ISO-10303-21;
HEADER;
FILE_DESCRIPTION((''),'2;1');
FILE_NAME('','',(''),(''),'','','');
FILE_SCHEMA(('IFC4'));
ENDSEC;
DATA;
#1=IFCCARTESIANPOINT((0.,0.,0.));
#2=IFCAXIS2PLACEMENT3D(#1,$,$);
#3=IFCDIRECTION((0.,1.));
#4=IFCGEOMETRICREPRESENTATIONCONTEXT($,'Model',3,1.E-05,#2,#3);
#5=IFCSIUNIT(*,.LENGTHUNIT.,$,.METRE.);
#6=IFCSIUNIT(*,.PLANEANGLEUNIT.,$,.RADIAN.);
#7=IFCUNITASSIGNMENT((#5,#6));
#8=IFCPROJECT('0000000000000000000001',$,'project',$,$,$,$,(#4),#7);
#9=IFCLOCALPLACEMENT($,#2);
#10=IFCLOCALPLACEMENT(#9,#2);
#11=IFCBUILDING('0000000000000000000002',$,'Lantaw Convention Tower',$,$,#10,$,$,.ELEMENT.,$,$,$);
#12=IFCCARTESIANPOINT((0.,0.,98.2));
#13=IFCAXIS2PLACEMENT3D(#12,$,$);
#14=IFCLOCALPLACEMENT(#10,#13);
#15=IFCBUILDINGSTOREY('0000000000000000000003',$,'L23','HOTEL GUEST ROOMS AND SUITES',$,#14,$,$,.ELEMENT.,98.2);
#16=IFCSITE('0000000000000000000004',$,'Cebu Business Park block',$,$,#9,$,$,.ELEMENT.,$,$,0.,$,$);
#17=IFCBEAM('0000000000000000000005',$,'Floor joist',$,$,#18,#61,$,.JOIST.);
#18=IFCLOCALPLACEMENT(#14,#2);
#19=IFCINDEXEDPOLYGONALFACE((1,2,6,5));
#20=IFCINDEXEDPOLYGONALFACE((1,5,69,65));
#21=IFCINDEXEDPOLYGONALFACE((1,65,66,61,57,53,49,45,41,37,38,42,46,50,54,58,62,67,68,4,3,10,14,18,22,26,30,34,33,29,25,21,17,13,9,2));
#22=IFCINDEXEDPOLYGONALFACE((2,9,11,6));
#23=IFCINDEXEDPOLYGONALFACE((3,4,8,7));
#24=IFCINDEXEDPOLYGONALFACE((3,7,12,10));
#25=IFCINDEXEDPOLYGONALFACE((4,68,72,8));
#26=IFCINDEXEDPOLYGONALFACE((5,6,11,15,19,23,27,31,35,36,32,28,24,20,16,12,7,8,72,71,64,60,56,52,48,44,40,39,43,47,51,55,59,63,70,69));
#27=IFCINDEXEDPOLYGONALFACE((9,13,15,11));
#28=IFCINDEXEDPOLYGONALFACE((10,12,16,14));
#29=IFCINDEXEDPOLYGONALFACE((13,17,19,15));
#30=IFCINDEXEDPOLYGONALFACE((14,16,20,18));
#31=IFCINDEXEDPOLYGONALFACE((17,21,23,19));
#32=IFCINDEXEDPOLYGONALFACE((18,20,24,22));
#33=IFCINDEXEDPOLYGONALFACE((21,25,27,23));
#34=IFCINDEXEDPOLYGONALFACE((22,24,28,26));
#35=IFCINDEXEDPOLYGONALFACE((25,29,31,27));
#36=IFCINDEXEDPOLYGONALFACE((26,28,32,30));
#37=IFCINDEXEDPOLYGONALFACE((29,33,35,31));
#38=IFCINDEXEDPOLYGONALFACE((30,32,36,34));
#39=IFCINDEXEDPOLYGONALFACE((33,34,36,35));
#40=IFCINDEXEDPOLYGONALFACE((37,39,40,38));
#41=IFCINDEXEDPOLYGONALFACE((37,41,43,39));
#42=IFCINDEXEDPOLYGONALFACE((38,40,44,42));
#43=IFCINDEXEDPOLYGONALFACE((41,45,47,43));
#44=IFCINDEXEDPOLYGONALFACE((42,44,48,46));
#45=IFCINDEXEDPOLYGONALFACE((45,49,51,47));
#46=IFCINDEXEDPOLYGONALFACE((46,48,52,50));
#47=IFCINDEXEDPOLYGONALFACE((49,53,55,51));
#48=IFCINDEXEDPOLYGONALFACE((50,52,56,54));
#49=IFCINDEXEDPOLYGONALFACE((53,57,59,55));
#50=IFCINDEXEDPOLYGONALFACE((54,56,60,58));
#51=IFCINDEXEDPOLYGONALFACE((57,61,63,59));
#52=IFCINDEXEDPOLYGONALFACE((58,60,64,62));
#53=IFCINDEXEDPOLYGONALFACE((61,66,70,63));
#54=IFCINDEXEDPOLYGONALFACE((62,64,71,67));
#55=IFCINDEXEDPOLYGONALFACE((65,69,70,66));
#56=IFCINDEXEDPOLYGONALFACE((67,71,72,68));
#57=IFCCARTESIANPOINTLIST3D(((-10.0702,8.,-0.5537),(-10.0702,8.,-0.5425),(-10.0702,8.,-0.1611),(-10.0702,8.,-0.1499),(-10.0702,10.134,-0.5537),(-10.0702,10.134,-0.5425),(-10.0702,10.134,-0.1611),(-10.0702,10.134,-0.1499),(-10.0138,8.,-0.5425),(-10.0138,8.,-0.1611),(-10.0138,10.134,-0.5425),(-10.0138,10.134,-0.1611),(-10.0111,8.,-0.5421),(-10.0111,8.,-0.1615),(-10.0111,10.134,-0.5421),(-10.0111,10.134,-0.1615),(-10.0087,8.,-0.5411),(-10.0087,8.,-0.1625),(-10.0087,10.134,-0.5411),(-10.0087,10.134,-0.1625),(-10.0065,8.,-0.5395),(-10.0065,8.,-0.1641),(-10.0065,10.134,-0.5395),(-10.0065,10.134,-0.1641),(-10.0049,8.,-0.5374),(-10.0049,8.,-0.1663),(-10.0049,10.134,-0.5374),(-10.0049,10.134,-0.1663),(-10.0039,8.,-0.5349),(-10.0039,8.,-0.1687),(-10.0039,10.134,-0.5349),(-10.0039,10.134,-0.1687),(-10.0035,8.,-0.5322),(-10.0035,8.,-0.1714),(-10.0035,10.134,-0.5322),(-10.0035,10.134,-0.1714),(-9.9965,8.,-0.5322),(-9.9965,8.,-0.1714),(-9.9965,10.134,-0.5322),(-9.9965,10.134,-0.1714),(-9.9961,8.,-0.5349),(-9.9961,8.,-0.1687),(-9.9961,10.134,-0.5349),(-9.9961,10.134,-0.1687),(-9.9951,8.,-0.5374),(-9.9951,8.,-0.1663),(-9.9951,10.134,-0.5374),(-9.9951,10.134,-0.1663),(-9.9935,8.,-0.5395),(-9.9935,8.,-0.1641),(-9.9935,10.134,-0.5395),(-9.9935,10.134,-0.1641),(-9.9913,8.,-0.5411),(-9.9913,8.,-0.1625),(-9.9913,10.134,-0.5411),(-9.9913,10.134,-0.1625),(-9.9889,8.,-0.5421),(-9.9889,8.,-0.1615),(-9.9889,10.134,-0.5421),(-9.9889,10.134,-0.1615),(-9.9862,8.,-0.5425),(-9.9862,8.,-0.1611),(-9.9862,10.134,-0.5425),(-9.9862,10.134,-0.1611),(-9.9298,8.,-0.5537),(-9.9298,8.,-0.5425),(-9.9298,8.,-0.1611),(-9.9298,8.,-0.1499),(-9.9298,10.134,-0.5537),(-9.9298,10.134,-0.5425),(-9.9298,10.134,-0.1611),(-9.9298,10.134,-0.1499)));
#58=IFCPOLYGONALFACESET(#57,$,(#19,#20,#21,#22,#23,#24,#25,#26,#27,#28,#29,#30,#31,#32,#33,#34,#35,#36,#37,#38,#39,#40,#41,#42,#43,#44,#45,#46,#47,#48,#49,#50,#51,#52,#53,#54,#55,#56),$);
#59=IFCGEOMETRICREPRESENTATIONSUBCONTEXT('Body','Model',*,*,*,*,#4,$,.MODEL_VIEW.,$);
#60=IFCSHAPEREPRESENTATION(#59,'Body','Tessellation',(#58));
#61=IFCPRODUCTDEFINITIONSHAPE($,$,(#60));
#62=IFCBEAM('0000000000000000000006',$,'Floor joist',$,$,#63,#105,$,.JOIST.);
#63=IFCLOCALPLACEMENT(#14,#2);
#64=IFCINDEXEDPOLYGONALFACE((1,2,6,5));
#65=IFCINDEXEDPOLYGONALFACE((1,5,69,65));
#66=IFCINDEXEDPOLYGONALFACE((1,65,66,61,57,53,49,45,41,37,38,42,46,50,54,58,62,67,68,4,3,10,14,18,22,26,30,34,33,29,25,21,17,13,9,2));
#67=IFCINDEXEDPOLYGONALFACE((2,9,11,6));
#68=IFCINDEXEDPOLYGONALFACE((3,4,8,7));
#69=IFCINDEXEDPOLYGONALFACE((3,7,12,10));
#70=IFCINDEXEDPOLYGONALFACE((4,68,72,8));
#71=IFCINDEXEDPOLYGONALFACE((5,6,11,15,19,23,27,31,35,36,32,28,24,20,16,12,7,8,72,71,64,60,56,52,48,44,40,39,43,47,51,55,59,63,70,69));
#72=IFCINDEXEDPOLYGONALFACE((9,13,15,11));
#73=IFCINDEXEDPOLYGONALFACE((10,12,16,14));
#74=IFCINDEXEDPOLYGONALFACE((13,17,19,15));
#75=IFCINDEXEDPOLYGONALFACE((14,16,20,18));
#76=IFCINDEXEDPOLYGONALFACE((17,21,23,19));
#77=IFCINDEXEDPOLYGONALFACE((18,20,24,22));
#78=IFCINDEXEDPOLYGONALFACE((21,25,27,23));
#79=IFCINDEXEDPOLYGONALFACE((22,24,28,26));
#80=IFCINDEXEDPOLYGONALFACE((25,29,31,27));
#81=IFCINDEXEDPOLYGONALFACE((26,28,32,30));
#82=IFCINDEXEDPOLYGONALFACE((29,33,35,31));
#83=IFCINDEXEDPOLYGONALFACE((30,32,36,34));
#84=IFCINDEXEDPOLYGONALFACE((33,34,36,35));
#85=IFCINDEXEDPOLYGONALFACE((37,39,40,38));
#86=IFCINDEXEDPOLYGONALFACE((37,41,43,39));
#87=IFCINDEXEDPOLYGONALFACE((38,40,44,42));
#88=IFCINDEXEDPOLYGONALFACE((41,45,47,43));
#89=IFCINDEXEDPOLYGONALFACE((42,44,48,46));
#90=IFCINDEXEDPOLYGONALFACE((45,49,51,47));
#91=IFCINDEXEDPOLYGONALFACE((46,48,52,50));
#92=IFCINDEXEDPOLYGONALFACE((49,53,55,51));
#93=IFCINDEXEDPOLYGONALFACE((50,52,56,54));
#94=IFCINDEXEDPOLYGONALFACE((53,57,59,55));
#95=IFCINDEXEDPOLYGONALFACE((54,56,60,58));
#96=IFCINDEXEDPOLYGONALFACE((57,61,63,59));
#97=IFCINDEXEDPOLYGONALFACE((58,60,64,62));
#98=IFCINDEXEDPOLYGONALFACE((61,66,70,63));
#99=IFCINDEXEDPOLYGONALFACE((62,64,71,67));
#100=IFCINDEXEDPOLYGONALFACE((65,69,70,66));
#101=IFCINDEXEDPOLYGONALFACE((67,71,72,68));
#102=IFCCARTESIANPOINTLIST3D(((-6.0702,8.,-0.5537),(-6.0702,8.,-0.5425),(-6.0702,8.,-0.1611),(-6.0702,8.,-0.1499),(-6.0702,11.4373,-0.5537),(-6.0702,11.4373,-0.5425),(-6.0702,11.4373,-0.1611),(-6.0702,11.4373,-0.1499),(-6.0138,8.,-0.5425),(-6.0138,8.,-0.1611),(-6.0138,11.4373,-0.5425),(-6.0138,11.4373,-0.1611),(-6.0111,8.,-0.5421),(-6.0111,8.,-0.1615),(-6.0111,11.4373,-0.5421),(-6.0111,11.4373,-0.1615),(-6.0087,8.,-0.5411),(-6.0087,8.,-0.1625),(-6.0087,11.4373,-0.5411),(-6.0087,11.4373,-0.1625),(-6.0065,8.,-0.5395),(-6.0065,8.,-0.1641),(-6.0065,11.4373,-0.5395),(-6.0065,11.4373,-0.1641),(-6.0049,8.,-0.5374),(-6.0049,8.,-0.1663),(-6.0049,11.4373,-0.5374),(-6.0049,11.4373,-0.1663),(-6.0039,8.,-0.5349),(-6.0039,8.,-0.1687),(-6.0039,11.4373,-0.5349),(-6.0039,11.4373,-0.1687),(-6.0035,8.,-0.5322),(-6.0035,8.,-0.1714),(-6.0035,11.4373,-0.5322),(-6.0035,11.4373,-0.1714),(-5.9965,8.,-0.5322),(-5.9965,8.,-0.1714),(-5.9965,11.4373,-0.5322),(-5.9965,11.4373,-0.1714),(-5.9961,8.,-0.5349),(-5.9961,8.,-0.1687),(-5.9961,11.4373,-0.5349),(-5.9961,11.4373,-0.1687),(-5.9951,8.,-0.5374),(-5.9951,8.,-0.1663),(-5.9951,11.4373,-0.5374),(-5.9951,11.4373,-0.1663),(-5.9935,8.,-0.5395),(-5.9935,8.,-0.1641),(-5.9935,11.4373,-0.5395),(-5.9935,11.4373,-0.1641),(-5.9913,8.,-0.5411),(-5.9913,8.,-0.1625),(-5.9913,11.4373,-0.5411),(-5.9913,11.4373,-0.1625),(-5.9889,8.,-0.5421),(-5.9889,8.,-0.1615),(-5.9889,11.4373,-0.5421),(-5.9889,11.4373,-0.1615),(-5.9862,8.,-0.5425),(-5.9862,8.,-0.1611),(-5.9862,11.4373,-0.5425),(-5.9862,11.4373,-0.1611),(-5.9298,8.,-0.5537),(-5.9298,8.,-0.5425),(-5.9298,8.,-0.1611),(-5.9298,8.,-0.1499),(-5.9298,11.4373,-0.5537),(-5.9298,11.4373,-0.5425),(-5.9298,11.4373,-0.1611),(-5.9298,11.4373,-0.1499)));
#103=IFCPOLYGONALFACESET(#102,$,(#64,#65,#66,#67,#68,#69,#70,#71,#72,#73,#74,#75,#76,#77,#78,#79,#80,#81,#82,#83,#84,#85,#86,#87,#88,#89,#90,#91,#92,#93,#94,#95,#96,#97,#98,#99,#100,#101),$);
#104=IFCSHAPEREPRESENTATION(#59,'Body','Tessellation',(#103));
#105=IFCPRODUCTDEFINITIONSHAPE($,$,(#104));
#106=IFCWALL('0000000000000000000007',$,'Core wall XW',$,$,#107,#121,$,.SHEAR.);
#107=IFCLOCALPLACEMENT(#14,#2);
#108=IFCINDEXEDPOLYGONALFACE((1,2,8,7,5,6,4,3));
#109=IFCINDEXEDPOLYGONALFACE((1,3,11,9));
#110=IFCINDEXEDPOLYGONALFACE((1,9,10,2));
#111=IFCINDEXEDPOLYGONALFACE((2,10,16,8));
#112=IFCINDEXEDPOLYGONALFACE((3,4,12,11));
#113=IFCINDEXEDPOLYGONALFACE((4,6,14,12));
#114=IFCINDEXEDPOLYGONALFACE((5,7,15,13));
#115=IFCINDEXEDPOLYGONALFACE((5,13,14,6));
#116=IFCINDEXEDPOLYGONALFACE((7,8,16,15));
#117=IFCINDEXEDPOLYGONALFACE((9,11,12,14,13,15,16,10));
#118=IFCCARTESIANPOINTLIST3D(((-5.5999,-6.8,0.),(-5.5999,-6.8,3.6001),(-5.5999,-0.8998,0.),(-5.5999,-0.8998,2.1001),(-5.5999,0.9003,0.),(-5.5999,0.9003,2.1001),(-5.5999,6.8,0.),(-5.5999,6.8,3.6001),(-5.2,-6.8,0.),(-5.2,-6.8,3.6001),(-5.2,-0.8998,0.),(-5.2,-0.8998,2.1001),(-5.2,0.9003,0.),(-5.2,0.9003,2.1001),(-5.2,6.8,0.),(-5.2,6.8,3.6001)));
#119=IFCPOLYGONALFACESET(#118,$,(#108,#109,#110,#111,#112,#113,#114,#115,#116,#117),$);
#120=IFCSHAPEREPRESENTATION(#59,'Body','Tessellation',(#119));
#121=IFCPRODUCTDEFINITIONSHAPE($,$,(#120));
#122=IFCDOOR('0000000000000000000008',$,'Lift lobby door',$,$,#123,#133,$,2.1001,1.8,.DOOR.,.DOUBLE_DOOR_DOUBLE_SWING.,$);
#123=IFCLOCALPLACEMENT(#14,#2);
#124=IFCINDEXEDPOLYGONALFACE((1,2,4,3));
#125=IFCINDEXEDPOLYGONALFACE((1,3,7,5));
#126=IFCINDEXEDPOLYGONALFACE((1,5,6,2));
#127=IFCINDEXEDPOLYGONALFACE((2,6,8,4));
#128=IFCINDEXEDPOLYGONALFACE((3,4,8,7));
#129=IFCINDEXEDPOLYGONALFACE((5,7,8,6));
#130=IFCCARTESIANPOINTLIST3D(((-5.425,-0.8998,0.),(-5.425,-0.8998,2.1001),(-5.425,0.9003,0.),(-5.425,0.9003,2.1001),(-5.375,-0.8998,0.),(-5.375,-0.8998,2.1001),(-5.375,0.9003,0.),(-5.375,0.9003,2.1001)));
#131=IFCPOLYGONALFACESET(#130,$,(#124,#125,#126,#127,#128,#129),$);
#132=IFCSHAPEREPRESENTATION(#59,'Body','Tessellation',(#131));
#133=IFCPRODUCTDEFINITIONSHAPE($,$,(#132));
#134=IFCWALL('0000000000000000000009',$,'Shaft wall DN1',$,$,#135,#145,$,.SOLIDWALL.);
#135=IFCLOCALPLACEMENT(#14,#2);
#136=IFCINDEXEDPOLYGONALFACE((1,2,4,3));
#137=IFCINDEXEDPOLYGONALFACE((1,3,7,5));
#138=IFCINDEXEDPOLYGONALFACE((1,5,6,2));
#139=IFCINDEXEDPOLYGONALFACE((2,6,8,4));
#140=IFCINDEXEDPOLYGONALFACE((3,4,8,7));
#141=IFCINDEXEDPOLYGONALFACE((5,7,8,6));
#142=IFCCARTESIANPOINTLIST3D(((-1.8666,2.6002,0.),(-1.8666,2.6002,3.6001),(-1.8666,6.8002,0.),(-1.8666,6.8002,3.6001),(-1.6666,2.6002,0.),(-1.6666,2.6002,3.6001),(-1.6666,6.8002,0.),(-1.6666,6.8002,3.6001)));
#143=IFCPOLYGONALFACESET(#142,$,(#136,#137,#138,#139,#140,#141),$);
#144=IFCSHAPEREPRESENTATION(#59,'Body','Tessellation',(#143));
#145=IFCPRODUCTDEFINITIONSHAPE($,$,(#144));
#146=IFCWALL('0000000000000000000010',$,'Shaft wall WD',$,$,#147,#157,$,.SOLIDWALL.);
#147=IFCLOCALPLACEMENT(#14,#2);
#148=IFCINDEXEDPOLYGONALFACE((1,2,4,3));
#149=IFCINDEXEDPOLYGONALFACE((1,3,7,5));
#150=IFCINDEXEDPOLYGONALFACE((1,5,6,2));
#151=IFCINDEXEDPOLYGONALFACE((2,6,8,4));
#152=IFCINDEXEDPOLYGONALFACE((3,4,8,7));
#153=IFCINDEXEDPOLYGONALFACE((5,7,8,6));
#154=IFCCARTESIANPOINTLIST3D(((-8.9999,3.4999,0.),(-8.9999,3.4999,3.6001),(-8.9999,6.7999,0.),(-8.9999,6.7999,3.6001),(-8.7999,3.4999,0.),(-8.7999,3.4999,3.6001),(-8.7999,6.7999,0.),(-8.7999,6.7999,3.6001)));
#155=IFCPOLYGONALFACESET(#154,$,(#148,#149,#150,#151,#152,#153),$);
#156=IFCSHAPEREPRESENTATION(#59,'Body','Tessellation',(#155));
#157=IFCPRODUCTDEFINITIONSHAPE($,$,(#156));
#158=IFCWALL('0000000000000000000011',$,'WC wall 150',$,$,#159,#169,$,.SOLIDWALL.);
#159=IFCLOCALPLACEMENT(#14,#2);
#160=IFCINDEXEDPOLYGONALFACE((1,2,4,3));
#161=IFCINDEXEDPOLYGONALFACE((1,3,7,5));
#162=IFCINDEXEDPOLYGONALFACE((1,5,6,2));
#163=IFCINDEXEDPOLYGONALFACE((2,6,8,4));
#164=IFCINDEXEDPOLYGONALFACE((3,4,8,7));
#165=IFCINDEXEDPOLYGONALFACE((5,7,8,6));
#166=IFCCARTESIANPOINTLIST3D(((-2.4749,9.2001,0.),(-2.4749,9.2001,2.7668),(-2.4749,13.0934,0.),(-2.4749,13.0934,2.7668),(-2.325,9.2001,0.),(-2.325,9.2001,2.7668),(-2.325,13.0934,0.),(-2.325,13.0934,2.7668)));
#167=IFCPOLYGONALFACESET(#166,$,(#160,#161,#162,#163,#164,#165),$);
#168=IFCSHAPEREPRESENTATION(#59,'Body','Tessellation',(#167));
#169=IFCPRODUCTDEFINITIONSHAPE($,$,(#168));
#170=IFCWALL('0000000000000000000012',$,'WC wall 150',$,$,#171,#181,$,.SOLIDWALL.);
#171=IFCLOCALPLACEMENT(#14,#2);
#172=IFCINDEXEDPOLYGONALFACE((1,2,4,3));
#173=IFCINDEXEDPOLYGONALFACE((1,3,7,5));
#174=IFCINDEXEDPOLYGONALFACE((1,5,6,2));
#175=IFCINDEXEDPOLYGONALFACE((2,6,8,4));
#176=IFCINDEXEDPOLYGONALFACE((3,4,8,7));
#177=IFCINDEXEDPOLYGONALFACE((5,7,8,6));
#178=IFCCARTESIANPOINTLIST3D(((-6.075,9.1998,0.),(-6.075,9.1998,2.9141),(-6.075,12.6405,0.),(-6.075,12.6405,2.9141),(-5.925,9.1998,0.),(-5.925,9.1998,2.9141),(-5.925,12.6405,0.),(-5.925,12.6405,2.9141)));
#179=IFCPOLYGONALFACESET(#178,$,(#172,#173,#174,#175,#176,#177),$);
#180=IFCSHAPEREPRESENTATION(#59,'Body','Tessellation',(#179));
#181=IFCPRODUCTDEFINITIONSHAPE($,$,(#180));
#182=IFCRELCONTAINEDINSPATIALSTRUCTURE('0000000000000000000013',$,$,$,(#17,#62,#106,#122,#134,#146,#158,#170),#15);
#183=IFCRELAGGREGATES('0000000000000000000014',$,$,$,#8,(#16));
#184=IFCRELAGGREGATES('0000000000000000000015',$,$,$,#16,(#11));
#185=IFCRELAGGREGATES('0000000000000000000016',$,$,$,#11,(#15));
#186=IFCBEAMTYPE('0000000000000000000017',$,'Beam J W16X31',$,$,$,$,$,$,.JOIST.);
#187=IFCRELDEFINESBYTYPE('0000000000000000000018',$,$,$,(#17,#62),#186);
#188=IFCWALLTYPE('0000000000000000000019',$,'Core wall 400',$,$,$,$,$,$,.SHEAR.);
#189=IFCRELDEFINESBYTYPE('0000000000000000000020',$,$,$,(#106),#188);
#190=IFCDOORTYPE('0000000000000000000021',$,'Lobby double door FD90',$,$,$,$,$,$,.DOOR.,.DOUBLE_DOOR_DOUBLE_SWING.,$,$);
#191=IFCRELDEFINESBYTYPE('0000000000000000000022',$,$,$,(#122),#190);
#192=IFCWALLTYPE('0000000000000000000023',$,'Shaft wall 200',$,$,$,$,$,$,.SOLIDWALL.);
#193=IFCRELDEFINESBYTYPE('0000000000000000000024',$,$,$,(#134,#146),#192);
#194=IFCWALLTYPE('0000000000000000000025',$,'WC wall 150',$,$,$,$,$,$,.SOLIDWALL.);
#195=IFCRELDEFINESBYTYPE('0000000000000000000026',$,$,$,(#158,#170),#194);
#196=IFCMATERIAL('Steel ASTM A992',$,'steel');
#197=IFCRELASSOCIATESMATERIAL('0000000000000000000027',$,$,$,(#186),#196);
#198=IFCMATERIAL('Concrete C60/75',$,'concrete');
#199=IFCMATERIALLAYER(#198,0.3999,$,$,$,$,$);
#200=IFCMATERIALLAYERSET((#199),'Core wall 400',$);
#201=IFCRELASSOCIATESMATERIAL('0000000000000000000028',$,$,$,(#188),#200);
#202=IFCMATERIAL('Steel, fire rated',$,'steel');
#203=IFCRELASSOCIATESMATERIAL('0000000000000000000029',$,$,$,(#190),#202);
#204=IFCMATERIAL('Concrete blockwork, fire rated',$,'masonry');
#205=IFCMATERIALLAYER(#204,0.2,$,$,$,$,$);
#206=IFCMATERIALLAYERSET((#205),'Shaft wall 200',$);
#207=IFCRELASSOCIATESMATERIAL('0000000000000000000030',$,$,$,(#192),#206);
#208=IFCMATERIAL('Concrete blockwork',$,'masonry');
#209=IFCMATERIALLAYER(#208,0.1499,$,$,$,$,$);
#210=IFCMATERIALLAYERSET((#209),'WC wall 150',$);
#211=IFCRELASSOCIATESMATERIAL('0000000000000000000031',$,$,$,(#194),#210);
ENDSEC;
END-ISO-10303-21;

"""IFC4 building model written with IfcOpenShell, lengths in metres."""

from ifc_helpers import new_model, si_unit, direction, frame, frame_2d, origin, origin_2d, place, context, subcontext, project, spatial, rectangle, i_section, extrude, material, layer, layer_set, material_profile, profile_set, type_object, element, fill, save


model = new_model("IFC4")

# Units and contexts
model_context = context("Model", 3, precision=1e-05, world=origin(), true_north=direction((0.0, 1.0)))
body_context = subcontext(model_context, "Body", "Model", "MODEL_VIEW")
ifc_project = project(units=[si_unit("LENGTHUNIT", "METRE"), si_unit("PLANEANGLEUNIT", "RADIAN")], contexts=[model_context])

# Site, building, storey
site_placement = place(None, origin())
site = spatial("IfcSite", under=ifc_project, at=site_placement, Name="Cebu Business Park block", CompositionType="ELEMENT", RefElevation=0.0)
building_placement = place(site_placement, origin())
building = spatial("IfcBuilding", under=site, at=building_placement, Name="Lantaw Convention Tower", CompositionType="ELEMENT")
storey_placement = place(building_placement, frame((0.0, 0.0, 98.2)))
storey = spatial("IfcBuildingStorey", under=building, at=storey_placement, Name="L23", Description="HOTEL GUEST ROOMS AND SUITES", CompositionType="ELEMENT", Elevation=98.2)

# Beams
ifc_material_1 = material(Name="Steel ASTM A992", Category="steel")
ifc_material_profile_1 = material_profile(ifc_material_1, i_section(OverallWidth=0.1404, OverallDepth=0.4038, WebThickness=0.0071, FlangeThickness=0.0112, FilletRadius=0.0103, at=origin_2d()), Name="W16X31")
ifc_profile_set_1 = profile_set([ifc_material_profile_1], Name="Steel ASTM A992")
beam_type_1 = type_object("IfcBeamType", Name="Beam J W16X31", PredefinedType="JOIST", material=ifc_profile_set_1)
beam_1_placement = place(storey_placement, frame((-10.0, 8.0, -0.3518), z_axis=(0.0, 1.0, 0.0), x_axis=(-1.0, 0.0, 0.0)))
element("IfcBeam", 1, at=beam_1_placement, inside=storey, type_object=beam_type_1, Name="Floor joist", PredefinedType="JOIST", context=body_context, shape_type="SweptSolid", body=[
    extrude(i_section(OverallWidth=0.1404, OverallDepth=0.4038, WebThickness=0.0071, FlangeThickness=0.0112, FilletRadius=0.0103, at=origin_2d()), origin(), (0.0, 0.0, 1.0), 2.134),
])
beam_2_placement = place(storey_placement, frame((-6.0, 8.0, -0.3518), z_axis=(0.0, 1.0, 0.0), x_axis=(-1.0, 0.0, 0.0)))
element("IfcBeam", 2, at=beam_2_placement, inside=storey, type_object=beam_type_1, Name="Floor joist", PredefinedType="JOIST", context=body_context, shape_type="SweptSolid", body=[
    extrude(i_section(OverallWidth=0.1404, OverallDepth=0.4038, WebThickness=0.0071, FlangeThickness=0.0112, FilletRadius=0.0103, at=origin_2d()), origin(), (0.0, 0.0, 1.0), 3.4373),
])

# Wall, opening, door
ifc_material_2 = material(Name="Concrete C60/75", Category="concrete")
ifc_layer_1 = layer(ifc_material_2, 0.3999)
ifc_layer_set_1 = layer_set([ifc_layer_1], Name="Core wall 400")
wall_type_1 = type_object("IfcWallType", Name="Core wall 400", PredefinedType="SHEAR", material=ifc_layer_set_1)
wall_1_placement = place(storey_placement, frame((-5.3999, 6.8, 0.0), z_axis=(0.0, 0.0, 1.0), x_axis=(0.0, -1.0, 0.0)))
wall_1 = element("IfcWall", 3, at=wall_1_placement, inside=storey, type_object=wall_type_1, Name="Core wall XW", PredefinedType="SHEAR", context=body_context, shape_type="SweptSolid", body=[
    extrude(rectangle(XDim=13.6001, YDim=0.3999, at=frame_2d((6.8, 0.0))), origin(), (0.0, 0.0, 1.0), 3.6001),
])
opening_placement = place(wall_1_placement, frame((5.8999, 0.0, 0.0)))
opening = element("IfcOpeningElement", 4, at=opening_placement, cuts=wall_1, PredefinedType="OPENING", context=body_context, shape_type="SweptSolid", body=[
    extrude(rectangle(XDim=1.8, YDim=2.1001, at=frame_2d((0.8999, 1.05))), frame((0.0, 0.21, 0.0), z_axis=(0.0, -1.0, 0.0), x_axis=(1.0, 0.0, 0.0)), (0.0, 0.0, 1.0), 0.4199),
])
ifc_material_3 = material(Name="Steel, fire rated", Category="steel")
door_type = type_object("IfcDoorType", Name="Lobby double door FD90", OperationType="DOUBLE_DOOR_DOUBLE_SWING", PredefinedType="DOOR", material=ifc_material_3)
door_placement = place(opening_placement, origin())
door = element("IfcDoor", 5, at=door_placement, inside=storey, type_object=door_type, Name="Lift lobby door", OperationType="DOUBLE_DOOR_DOUBLE_SWING", OverallHeight=2.1001, OverallWidth=1.8, PredefinedType="DOOR", context=body_context, shape_type="SweptSolid", body=[
    extrude(rectangle(XDim=1.8, YDim=2.1001, at=frame_2d((0.8999, 1.05))), frame((0.0, 0.0249, 0.0), z_axis=(0.0, -1.0, 0.0), x_axis=(1.0, 0.0, 0.0)), (0.0, 0.0, 1.0), 0.05),
])
fill(opening, door)

# Walls
ifc_material_4 = material(Name="Concrete blockwork, fire rated", Category="masonry")
ifc_layer_2 = layer(ifc_material_4, 0.2)
ifc_layer_set_2 = layer_set([ifc_layer_2], Name="Shaft wall 200")
wall_type_2 = type_object("IfcWallType", Name="Shaft wall 200", PredefinedType="SOLIDWALL", material=ifc_layer_set_2)
wall_2_placement = place(storey_placement, frame((-1.7666, 2.6001, 0.0), z_axis=(0.0, 0.0, 1.0), x_axis=(0.0, 1.0, 0.0)))
element("IfcWall", 6, at=wall_2_placement, inside=storey, type_object=wall_type_2, Name="Shaft wall DN1", PredefinedType="SOLIDWALL", context=body_context, shape_type="SweptSolid", body=[
    extrude(rectangle(XDim=4.2, YDim=0.2, at=frame_2d((2.1001, 0.0))), origin(), (0.0, 0.0, 1.0), 3.6001),
])
wall_3_placement = place(storey_placement, frame((-8.8999, 3.5, 0.0), z_axis=(0.0, 0.0, 1.0), x_axis=(0.0, 1.0, 0.0)))
element("IfcWall", 7, at=wall_3_placement, inside=storey, type_object=wall_type_2, Name="Shaft wall WD", PredefinedType="SOLIDWALL", context=body_context, shape_type="SweptSolid", body=[
    extrude(rectangle(XDim=3.3, YDim=0.2, at=frame_2d((1.6499, 0.0))), origin(), (0.0, 0.0, 1.0), 3.6001),
])
ifc_material_5 = material(Name="Concrete blockwork", Category="masonry")
ifc_layer_3 = layer(ifc_material_5, 0.1499)
ifc_layer_set_3 = layer_set([ifc_layer_3], Name="WC wall 150")
wall_type_3 = type_object("IfcWallType", Name="WC wall 150", PredefinedType="SOLIDWALL", material=ifc_layer_set_3)
wall_4_placement = place(storey_placement, frame((-2.3999, 9.2, 0.0), z_axis=(0.0, 0.0, 1.0), x_axis=(0.0, 1.0, 0.0)))
element("IfcWall", 8, at=wall_4_placement, inside=storey, type_object=wall_type_3, Name="WC wall 150", PredefinedType="SOLIDWALL", context=body_context, shape_type="SweptSolid", body=[
    extrude(rectangle(XDim=3.8933, YDim=0.1499, at=frame_2d((1.9468, 0.0))), origin(), (0.0, 0.0, 1.0), 2.7668),
])
wall_5_placement = place(storey_placement, frame((-6.0, 9.2, 0.0), z_axis=(0.0, 0.0, 1.0), x_axis=(0.0, 1.0, 0.0)))
element("IfcWall", 9, at=wall_5_placement, inside=storey, type_object=wall_type_3, Name="WC wall 150", PredefinedType="SOLIDWALL", context=body_context, shape_type="SweptSolid", body=[
    extrude(rectangle(XDim=3.4407, YDim=0.1499, at=frame_2d((1.7202, 0.0))), origin(), (0.0, 0.0, 1.0), 2.9141),
])

save(model, "model.ifc")
